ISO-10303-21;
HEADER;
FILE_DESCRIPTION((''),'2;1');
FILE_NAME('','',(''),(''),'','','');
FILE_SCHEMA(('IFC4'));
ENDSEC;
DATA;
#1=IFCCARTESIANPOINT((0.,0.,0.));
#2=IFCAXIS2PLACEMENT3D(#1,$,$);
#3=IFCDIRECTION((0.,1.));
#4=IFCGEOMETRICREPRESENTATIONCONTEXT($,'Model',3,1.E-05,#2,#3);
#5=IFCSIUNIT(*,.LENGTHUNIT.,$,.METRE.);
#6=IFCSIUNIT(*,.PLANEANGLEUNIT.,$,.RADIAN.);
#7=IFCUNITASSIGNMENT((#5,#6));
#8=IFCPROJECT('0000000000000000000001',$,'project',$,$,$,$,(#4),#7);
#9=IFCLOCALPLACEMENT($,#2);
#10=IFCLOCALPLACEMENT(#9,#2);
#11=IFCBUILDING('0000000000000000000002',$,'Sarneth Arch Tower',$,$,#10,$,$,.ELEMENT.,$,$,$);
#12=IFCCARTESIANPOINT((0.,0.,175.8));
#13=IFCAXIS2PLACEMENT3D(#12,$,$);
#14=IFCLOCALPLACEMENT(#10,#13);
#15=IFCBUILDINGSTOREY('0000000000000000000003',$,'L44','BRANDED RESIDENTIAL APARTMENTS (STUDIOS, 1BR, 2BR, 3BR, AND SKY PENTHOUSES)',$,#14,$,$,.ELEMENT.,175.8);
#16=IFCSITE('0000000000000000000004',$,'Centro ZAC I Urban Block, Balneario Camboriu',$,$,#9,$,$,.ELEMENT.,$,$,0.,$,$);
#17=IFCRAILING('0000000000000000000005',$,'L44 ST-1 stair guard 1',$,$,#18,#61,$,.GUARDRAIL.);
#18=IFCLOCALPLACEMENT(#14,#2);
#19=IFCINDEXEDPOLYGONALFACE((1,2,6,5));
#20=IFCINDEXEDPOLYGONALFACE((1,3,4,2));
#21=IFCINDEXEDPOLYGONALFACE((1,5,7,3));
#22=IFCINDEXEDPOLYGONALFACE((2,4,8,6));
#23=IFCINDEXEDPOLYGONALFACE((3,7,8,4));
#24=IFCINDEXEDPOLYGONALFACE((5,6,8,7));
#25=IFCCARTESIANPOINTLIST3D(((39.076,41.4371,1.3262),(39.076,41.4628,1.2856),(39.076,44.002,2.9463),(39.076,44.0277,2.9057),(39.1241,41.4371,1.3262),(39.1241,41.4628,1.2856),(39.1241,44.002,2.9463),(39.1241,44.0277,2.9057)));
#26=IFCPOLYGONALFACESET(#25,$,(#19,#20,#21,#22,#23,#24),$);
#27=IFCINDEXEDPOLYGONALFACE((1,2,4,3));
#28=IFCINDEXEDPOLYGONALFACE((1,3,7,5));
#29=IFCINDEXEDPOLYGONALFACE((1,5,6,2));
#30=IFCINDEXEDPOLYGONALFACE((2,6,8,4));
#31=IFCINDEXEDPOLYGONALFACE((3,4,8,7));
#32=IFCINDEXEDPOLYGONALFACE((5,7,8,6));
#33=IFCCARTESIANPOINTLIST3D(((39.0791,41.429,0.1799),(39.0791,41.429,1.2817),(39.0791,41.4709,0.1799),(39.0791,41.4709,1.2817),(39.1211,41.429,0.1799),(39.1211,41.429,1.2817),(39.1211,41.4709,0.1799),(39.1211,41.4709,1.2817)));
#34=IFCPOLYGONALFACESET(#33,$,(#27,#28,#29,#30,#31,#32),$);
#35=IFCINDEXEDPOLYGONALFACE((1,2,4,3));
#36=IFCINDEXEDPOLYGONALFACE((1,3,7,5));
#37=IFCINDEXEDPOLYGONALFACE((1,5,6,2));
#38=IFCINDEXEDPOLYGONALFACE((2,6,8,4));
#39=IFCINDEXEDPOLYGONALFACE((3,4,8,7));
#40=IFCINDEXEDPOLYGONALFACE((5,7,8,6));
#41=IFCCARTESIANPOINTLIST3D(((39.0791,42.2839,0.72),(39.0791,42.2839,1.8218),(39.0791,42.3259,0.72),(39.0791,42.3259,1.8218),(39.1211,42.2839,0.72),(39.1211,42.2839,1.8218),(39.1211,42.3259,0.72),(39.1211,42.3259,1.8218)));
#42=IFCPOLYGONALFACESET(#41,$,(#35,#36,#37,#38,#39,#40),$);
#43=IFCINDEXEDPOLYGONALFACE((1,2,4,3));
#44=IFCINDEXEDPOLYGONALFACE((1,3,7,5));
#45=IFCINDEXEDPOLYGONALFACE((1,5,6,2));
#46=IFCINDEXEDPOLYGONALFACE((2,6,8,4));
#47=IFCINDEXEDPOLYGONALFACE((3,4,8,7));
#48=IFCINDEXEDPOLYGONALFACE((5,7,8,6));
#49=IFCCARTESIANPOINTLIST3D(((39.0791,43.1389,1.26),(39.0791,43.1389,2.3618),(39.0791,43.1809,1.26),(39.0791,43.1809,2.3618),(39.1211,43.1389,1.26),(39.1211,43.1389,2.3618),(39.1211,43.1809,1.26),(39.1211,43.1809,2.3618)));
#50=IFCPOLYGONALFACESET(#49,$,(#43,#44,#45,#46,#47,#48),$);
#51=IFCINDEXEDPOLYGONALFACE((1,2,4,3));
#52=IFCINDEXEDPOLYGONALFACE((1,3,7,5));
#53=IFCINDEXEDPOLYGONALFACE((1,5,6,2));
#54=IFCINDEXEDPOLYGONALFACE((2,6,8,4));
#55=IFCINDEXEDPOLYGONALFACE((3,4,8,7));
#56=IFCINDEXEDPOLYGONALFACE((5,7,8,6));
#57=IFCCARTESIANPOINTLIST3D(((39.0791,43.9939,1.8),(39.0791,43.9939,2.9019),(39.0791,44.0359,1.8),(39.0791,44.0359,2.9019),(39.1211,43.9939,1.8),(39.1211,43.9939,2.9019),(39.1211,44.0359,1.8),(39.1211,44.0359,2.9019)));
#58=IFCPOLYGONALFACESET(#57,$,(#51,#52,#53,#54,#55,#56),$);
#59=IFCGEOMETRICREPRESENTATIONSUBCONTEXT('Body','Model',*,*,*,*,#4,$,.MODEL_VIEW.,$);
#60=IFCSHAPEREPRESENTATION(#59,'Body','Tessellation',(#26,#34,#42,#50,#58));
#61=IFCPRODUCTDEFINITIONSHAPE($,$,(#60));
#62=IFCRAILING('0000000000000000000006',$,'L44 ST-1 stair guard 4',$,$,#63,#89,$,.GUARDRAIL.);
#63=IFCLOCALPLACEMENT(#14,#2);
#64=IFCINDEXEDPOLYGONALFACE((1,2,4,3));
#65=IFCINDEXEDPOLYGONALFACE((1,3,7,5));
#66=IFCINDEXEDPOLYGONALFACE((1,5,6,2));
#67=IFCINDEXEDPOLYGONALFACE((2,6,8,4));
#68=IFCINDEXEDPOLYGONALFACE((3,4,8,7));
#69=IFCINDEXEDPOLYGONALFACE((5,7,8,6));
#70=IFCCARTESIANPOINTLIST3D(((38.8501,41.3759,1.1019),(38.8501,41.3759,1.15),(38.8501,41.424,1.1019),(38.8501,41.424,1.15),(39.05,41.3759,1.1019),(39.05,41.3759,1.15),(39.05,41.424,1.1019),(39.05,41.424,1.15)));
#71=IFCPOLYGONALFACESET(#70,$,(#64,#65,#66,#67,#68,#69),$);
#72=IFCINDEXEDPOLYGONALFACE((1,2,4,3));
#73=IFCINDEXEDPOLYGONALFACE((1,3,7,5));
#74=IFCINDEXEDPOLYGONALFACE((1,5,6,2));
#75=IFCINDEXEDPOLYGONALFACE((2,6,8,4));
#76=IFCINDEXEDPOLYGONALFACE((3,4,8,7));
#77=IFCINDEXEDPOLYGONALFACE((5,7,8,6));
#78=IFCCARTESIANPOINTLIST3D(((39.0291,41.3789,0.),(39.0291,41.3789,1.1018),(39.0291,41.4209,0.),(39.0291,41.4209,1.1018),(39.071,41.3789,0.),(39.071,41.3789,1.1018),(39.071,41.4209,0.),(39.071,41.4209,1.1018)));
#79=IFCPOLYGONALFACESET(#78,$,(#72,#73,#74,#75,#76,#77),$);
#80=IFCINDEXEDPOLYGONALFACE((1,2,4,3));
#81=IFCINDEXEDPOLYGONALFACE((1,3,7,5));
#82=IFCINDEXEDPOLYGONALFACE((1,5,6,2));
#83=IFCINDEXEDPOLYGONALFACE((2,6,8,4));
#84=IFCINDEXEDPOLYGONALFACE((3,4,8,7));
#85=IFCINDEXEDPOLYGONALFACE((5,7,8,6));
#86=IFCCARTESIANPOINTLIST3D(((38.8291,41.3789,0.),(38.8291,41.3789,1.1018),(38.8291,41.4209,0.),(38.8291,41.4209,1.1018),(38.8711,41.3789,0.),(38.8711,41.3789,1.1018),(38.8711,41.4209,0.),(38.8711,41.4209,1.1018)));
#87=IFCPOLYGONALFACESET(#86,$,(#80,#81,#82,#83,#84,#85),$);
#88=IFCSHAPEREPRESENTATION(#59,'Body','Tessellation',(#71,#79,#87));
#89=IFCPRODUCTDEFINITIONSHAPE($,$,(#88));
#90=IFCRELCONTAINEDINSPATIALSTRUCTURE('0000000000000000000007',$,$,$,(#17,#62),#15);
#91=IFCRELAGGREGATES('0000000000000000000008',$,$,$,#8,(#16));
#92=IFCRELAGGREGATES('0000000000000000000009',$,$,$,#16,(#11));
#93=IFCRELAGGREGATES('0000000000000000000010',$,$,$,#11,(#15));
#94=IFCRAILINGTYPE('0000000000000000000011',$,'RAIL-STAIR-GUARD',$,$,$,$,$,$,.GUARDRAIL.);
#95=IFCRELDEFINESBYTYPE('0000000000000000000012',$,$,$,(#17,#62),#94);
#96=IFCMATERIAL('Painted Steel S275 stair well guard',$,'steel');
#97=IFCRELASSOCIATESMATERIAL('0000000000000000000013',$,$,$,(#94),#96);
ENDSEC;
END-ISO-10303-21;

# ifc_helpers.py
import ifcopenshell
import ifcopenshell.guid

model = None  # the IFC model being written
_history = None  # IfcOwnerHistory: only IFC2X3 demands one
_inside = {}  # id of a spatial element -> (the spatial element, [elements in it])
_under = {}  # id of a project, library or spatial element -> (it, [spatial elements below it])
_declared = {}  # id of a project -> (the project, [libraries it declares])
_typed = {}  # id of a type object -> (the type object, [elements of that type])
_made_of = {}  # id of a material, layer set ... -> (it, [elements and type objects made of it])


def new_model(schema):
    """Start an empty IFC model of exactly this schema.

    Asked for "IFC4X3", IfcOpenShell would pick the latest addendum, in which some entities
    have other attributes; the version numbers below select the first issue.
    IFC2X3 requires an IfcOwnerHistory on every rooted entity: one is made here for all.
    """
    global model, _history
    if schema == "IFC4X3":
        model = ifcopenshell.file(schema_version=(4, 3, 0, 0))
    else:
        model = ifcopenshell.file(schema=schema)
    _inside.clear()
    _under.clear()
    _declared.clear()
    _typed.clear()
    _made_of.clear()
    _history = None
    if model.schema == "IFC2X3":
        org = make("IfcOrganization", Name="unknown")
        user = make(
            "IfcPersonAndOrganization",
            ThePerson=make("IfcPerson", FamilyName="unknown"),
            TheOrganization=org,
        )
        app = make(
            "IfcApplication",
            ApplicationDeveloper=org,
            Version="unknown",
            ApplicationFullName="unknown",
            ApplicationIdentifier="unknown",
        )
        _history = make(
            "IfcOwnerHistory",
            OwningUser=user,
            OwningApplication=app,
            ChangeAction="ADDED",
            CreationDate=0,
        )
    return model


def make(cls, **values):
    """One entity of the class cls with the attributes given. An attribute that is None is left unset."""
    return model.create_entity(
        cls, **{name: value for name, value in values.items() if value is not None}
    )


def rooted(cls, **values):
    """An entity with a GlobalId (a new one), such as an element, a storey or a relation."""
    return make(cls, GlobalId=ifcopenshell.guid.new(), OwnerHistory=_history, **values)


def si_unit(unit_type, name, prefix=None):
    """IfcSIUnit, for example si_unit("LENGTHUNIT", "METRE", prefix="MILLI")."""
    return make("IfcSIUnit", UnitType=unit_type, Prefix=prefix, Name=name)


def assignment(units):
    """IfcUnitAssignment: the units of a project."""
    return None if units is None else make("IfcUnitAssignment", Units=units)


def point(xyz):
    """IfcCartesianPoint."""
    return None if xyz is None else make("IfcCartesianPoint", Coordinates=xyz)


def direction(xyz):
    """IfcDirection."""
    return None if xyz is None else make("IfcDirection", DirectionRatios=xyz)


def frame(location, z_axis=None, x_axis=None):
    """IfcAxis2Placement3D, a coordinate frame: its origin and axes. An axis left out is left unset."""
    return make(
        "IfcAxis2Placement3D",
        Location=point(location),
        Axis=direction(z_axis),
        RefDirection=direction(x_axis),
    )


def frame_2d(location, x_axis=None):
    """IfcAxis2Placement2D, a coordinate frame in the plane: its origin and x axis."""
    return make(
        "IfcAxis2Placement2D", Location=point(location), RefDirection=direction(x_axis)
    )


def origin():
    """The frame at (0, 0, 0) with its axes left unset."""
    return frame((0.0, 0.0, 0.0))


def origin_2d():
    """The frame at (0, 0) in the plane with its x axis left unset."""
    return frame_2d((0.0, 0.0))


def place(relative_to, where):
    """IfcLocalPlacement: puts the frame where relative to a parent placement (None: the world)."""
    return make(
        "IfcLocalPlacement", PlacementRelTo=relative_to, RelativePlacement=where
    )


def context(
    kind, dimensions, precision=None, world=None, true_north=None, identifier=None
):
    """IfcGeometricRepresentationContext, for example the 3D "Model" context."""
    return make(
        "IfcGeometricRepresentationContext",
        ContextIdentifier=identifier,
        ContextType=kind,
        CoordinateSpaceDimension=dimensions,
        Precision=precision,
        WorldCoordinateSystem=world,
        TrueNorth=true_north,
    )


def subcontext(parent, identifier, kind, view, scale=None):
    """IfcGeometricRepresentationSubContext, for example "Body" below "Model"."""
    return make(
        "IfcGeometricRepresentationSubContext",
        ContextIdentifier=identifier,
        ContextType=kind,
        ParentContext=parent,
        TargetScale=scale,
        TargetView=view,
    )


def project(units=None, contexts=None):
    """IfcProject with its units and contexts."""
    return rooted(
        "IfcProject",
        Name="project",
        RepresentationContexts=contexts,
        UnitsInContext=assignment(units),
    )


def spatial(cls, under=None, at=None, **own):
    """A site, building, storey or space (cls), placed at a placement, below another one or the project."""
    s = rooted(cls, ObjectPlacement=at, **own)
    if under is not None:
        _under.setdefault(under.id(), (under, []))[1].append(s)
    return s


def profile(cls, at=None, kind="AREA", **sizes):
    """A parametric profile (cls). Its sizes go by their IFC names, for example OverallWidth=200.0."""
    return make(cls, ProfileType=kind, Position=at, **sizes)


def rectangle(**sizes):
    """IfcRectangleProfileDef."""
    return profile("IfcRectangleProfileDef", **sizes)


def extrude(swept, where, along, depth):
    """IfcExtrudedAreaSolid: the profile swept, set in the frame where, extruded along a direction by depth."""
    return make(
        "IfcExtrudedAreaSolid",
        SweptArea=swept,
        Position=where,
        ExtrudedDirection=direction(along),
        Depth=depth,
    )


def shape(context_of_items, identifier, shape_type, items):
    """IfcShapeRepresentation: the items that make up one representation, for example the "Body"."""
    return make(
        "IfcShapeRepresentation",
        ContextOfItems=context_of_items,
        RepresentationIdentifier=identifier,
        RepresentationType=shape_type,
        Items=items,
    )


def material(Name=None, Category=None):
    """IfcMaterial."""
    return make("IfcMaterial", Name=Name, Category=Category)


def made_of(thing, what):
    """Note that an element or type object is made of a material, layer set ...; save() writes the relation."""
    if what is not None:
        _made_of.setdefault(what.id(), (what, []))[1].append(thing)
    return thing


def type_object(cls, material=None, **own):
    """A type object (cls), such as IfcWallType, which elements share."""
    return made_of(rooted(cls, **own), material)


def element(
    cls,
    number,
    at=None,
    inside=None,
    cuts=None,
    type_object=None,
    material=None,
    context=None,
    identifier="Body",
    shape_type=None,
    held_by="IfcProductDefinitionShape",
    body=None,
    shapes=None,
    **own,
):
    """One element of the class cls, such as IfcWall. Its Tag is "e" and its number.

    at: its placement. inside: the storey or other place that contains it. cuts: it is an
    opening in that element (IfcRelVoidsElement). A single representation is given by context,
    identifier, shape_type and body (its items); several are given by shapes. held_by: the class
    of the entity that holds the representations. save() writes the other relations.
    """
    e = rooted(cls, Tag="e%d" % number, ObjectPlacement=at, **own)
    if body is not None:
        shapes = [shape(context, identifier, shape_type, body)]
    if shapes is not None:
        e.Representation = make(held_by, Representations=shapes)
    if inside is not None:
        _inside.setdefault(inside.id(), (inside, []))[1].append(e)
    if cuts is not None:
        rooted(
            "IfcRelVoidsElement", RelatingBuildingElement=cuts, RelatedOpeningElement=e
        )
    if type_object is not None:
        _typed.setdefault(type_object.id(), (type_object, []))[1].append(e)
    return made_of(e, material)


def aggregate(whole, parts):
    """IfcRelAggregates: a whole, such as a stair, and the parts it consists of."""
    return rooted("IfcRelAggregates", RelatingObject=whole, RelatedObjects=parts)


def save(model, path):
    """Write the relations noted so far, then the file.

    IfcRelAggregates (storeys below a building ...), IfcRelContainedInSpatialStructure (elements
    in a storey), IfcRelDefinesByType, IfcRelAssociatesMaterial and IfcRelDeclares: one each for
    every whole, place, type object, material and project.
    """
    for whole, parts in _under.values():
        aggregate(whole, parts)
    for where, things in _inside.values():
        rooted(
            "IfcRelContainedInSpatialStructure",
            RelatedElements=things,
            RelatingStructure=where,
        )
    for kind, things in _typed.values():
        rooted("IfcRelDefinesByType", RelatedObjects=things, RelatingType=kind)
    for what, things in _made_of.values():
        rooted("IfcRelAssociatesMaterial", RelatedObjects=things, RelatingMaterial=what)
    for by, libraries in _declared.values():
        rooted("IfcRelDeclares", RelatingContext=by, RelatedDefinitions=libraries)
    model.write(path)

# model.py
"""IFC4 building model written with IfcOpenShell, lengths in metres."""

from ifc_helpers import new_model, si_unit, direction, frame, origin, origin_2d, place, context, subcontext, project, spatial, rectangle, extrude, material, type_object, element, save


model = new_model("IFC4")

# Units and contexts
model_context = context("Model", 3, precision=1e-05, world=origin(), true_north=direction((0.0, 1.0)))
body_context = subcontext(model_context, "Body", "Model", "MODEL_VIEW")
ifc_project = project(units=[si_unit("LENGTHUNIT", "METRE"), si_unit("PLANEANGLEUNIT", "RADIAN")], contexts=[model_context])

# Site, building, storey
site_placement = place(None, origin())
site = spatial("IfcSite", under=ifc_project, at=site_placement, Name="Centro ZAC I Urban Block, Balneario Camboriu", CompositionType="ELEMENT", RefElevation=0.0)
building_placement = place(site_placement, origin())
building = spatial("IfcBuilding", under=site, at=building_placement, Name="Sarneth Arch Tower", CompositionType="ELEMENT")
storey_placement = place(building_placement, frame((0.0, 0.0, 175.8)))
storey = spatial("IfcBuildingStorey", under=building, at=storey_placement, Name="L44", Description="BRANDED RESIDENTIAL APARTMENTS (STUDIOS, 1BR, 2BR, 3BR, AND SKY PENTHOUSES)", CompositionType="ELEMENT", Elevation=175.8)

# Railings
ifc_material_1 = material(Name="Painted Steel S275 stair well guard", Category="steel")
railing_type_1 = type_object("IfcRailingType", Name="RAIL-STAIR-GUARD", PredefinedType="GUARDRAIL", material=ifc_material_1)
railing_1_placement = place(storey_placement, frame((39.1001, 41.45, 0.1799)))
element("IfcRailing", 1, at=railing_1_placement, inside=storey, type_object=railing_type_1, Name="L44 ST-1 stair guard 1", PredefinedType="GUARDRAIL", context=body_context, shape_type="SweptSolid", body=[
    extrude(rectangle(XDim=0.0481, YDim=0.0481, at=origin_2d()), frame((0.0, 0.0, 1.126), z_axis=(0.0, 0.845466, 0.534029), x_axis=(-1.0, 0.0, 0.0)), (0.0, 0.0, 1.0), 3.0337),
    extrude(rectangle(XDim=0.042, YDim=0.042, at=origin_2d()), origin(), (0.0, 0.0, 1.0), 1.1018),
    extrude(rectangle(XDim=0.042, YDim=0.042, at=origin_2d()), frame((0.0, 0.855, 0.54)), (0.0, 0.0, 1.0), 1.1018),
    extrude(rectangle(XDim=0.042, YDim=0.042, at=origin_2d()), frame((0.0, 1.71, 1.0801)), (0.0, 0.0, 1.0), 1.1018),
    extrude(rectangle(XDim=0.042, YDim=0.042, at=origin_2d()), frame((0.0, 2.5649, 1.6201)), (0.0, 0.0, 1.0), 1.1018),
])
railing_2_placement = place(storey_placement, frame((39.05, 41.3999, 0.0)))
element("IfcRailing", 2, at=railing_2_placement, inside=storey, type_object=railing_type_1, Name="L44 ST-1 stair guard 4", PredefinedType="GUARDRAIL", context=body_context, shape_type="SweptSolid", body=[
    extrude(rectangle(XDim=0.0481, YDim=0.0481, at=origin_2d()), frame((0.0, 0.0, 1.126), z_axis=(-1.0, 0.0, 0.0), x_axis=(0.0, -1.0, 0.0)), (0.0, 0.0, 1.0), 0.2),
    extrude(rectangle(XDim=0.042, YDim=0.042, at=origin_2d()), origin(), (0.0, 0.0, 1.0), 1.1018),
    extrude(rectangle(XDim=0.042, YDim=0.042, at=origin_2d()), frame((-0.2, 0.0, 0.0)), (0.0, 0.0, 1.0), 1.1018),
])

save(model, "model.ifc")
